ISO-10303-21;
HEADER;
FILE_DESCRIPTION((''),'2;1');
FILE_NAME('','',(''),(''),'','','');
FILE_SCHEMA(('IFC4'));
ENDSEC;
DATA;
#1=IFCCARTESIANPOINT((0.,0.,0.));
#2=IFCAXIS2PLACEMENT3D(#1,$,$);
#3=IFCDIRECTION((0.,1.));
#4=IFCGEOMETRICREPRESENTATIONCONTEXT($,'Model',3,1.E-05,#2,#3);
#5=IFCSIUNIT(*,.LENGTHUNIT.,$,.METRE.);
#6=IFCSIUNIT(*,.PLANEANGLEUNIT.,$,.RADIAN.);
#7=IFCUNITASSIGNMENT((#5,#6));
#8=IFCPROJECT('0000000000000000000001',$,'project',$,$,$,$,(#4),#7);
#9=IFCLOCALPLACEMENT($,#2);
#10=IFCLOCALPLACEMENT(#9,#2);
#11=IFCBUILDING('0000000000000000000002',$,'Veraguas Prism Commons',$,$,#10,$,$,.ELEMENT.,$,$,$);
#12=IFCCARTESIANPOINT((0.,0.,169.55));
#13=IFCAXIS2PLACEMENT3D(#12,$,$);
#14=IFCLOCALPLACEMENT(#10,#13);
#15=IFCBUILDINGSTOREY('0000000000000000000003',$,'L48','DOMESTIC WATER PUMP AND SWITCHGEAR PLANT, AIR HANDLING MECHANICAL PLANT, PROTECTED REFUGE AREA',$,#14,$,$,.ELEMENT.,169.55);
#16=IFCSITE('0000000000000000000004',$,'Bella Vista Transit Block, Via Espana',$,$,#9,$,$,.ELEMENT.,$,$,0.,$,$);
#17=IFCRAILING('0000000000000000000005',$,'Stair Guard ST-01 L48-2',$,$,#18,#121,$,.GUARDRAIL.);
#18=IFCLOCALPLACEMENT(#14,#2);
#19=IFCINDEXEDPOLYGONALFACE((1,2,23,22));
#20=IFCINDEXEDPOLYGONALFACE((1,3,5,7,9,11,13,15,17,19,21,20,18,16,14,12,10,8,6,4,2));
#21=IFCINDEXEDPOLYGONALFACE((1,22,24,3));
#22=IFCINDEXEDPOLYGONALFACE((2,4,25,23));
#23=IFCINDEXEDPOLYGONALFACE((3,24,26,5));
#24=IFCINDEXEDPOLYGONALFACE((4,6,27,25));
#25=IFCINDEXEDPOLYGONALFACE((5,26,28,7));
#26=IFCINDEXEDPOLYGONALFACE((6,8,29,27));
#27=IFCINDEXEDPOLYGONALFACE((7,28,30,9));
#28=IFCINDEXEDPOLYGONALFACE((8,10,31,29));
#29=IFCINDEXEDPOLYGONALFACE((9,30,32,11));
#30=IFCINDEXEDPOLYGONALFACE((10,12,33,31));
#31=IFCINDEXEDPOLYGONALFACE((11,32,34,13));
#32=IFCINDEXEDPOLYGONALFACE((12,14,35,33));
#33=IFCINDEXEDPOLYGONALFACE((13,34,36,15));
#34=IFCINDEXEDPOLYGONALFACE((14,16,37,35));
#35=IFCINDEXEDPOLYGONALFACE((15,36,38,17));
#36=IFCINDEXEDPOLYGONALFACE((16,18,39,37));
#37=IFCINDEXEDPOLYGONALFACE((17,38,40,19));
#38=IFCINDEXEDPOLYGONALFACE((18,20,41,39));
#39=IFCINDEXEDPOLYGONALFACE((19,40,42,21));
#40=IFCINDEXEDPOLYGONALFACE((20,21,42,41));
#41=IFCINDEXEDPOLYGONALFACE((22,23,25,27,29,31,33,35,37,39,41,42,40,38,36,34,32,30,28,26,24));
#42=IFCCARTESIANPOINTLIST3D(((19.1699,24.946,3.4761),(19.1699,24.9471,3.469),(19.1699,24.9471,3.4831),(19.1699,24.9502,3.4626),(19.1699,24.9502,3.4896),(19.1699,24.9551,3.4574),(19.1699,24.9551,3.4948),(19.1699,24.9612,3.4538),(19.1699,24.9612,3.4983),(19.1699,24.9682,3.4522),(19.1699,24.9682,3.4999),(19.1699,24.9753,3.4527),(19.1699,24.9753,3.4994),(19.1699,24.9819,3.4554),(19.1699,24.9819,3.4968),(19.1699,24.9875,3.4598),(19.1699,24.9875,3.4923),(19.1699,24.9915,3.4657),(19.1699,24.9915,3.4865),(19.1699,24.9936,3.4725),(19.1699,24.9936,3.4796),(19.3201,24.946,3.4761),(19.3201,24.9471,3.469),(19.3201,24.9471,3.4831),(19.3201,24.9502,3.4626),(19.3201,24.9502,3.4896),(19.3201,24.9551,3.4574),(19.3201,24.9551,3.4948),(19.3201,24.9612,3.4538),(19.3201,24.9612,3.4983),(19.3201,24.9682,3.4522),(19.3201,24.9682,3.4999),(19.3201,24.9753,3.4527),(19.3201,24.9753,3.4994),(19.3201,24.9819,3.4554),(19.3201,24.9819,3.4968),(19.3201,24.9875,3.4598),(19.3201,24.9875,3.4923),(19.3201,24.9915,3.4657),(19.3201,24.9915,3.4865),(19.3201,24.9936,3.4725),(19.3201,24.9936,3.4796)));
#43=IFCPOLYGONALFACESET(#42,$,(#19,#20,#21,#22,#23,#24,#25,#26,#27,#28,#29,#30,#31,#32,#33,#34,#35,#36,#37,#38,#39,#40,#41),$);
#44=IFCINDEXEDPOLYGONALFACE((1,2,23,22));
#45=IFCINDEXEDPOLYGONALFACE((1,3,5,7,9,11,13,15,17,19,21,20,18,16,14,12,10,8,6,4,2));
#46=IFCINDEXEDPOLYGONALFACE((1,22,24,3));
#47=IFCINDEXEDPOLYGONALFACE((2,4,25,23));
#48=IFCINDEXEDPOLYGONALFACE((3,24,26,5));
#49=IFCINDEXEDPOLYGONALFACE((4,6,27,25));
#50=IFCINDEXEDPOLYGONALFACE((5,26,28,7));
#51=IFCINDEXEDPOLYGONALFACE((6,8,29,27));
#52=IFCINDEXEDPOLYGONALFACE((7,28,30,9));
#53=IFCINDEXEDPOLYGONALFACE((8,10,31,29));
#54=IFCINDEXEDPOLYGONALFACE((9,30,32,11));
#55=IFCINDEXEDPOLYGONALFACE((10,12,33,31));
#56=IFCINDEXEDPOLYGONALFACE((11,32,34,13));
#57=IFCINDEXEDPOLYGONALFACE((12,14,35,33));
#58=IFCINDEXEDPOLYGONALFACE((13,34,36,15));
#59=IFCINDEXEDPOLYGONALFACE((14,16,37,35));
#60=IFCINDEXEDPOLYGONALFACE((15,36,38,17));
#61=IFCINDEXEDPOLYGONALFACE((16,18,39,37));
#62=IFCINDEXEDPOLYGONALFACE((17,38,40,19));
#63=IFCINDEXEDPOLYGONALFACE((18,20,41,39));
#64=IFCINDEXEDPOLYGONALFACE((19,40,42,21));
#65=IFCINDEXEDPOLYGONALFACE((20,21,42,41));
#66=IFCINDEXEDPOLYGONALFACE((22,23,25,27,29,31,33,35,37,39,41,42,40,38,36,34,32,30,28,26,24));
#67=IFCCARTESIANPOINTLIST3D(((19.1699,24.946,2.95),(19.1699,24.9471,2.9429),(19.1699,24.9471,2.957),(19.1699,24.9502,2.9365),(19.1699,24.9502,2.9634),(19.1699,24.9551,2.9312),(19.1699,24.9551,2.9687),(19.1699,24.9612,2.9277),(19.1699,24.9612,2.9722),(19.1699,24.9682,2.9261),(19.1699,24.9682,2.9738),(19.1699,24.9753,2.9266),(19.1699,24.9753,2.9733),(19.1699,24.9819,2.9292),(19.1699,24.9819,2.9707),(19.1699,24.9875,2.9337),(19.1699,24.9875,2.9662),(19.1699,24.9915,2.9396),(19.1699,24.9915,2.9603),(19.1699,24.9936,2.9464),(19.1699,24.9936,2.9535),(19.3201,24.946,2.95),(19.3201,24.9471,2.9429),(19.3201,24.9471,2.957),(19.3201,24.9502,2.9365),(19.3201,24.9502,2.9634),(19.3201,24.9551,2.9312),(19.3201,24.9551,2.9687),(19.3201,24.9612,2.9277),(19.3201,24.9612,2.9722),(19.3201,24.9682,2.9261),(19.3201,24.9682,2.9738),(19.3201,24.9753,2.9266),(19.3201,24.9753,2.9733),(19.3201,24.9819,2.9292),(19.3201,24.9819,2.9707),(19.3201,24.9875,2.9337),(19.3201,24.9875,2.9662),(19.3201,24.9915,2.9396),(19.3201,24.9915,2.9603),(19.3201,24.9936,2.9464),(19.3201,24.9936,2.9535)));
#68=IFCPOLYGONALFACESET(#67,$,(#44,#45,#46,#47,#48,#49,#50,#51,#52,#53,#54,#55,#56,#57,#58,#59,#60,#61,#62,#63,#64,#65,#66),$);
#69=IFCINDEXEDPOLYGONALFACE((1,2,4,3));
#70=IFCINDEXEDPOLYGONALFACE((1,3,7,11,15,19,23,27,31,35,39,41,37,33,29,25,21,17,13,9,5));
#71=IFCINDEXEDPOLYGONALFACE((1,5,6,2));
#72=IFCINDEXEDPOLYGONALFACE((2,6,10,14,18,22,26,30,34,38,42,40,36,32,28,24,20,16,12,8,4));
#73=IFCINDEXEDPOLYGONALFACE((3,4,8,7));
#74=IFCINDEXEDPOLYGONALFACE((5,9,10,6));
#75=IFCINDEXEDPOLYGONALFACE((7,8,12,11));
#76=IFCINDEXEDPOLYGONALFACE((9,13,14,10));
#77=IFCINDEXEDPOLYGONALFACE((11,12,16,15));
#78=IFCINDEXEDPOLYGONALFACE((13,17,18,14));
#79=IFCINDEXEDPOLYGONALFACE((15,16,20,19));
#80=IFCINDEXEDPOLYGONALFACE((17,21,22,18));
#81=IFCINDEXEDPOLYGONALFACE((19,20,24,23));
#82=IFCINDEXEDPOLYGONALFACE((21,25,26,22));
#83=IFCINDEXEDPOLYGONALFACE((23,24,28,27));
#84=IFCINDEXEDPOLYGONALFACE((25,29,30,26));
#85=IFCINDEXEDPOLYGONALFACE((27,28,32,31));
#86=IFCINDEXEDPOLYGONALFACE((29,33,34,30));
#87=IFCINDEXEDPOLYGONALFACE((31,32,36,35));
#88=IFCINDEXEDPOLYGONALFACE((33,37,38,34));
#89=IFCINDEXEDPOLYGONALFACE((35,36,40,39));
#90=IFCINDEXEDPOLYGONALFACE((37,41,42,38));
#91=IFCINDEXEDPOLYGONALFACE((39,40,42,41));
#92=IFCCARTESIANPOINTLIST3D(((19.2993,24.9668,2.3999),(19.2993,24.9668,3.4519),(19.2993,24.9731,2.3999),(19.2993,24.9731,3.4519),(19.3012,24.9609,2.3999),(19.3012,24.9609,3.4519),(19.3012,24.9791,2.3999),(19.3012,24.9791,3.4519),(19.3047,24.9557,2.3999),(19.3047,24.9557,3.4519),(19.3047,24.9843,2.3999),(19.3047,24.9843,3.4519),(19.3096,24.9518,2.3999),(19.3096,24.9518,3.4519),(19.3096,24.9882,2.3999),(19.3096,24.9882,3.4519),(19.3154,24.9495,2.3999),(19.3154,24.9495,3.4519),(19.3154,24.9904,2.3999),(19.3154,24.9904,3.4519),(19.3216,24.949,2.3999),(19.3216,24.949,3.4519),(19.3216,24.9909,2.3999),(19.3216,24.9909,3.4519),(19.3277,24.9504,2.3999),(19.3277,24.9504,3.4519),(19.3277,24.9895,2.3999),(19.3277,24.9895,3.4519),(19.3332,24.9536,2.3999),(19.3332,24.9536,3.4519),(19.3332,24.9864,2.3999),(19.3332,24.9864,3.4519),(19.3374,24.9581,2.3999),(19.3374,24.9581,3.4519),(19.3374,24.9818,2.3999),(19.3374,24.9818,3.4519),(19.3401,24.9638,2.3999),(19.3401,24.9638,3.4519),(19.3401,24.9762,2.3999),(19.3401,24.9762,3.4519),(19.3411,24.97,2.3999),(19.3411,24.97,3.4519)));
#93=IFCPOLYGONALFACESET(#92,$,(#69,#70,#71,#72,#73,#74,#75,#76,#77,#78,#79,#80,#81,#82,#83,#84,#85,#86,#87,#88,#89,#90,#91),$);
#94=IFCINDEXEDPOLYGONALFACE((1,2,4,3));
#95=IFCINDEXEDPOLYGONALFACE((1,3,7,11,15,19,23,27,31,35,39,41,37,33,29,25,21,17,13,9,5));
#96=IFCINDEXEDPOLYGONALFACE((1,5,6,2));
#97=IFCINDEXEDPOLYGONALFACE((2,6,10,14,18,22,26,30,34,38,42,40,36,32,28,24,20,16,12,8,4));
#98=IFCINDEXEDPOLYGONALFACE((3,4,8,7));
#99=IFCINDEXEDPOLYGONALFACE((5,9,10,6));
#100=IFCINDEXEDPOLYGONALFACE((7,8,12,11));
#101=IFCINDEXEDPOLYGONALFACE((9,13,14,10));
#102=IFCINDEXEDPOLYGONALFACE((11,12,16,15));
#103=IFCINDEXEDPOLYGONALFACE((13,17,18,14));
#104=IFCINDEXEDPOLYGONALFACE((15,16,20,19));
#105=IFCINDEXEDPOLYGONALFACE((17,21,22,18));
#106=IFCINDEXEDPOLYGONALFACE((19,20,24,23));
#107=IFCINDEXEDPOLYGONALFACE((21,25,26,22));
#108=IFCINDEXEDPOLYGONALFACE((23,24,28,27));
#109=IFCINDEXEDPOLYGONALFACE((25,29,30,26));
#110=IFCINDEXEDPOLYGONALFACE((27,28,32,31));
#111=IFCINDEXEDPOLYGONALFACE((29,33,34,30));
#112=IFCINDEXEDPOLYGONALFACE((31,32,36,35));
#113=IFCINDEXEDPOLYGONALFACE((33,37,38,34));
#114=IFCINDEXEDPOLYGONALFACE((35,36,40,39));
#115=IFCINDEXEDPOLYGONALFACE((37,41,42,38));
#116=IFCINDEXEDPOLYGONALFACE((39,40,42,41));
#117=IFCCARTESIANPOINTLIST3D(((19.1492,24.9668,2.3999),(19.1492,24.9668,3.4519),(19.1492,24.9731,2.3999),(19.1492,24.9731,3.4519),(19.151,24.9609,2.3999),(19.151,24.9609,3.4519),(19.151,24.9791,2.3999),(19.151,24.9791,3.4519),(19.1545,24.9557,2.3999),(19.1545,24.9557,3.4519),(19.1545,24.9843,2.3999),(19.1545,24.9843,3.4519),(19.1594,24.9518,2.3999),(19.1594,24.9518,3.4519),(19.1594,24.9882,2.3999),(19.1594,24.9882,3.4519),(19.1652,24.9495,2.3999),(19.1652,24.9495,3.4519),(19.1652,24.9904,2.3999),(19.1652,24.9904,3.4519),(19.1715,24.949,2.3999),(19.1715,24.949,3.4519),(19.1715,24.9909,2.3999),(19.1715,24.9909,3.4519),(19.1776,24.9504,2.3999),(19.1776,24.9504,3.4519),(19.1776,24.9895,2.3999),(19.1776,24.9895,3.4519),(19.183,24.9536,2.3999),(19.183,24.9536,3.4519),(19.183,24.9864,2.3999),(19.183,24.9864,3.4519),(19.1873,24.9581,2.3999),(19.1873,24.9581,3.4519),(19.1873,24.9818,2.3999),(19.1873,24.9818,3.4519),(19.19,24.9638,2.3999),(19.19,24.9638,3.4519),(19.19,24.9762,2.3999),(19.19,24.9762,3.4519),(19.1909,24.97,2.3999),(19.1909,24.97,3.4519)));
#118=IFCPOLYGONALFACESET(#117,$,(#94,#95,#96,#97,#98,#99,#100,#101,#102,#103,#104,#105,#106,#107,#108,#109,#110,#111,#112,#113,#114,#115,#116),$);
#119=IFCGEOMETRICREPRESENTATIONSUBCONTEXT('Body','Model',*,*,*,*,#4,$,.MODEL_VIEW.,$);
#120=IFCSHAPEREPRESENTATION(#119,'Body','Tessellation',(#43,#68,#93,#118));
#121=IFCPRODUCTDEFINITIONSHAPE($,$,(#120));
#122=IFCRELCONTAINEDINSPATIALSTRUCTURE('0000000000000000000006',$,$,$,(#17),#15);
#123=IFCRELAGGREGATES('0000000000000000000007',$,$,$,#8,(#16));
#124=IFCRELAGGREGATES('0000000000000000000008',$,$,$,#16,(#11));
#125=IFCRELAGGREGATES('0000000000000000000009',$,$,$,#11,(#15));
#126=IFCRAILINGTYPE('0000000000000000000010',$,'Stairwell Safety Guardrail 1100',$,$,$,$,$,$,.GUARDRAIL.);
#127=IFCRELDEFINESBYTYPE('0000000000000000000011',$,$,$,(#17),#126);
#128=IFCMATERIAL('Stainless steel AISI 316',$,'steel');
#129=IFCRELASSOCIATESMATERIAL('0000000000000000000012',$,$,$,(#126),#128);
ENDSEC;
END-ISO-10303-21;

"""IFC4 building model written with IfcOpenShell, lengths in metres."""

from ifc_helpers import new_model, si_unit, direction, frame, origin, origin_2d, place, context, subcontext, project, spatial, circle, extrude, material, type_object, element, save


model = new_model("IFC4")

# Units and contexts
model_context = context("Model", 3, precision=1e-05, world=origin(), true_north=direction((0.0, 1.0)))
body_context = subcontext(model_context, "Body", "Model", "MODEL_VIEW")
ifc_project = project(units=[si_unit("LENGTHUNIT", "METRE"), si_unit("PLANEANGLEUNIT", "RADIAN")], contexts=[model_context])

# Site, building, storey
site_placement = place(None, origin())
site = spatial("IfcSite", under=ifc_project, at=site_placement, Name="Bella Vista Transit Block, Via Espana", CompositionType="ELEMENT", RefElevation=0.0)
building_placement = place(site_placement, origin())
building = spatial("IfcBuilding", under=site, at=building_placement, Name="Veraguas Prism Commons", CompositionType="ELEMENT")
storey_placement = place(building_placement, frame((0.0, 0.0, 169.55)))
storey = spatial("IfcBuildingStorey", under=building, at=storey_placement, Name="L48", Description="DOMESTIC WATER PUMP AND SWITCHGEAR PLANT, AIR HANDLING MECHANICAL PLANT, PROTECTED REFUGE AREA", CompositionType="ELEMENT", Elevation=169.55)

# Railing
ifc_material_1 = material(Name="Stainless steel AISI 316", Category="steel")
railing_type_1 = type_object("IfcRailingType", Name="Stairwell Safety Guardrail 1100", PredefinedType="GUARDRAIL", material=ifc_material_1)
railing_1_placement = place(storey_placement, frame((19.3201, 24.97, 2.3999)))
element("IfcRailing", 1, at=railing_1_placement, inside=storey, type_object=railing_type_1, Name="Stair Guard ST-01 L48-2", PredefinedType="GUARDRAIL", context=body_context, shape_type="SweptSolid", body=[
    extrude(circle(Radius=0.0239, at=origin_2d()), frame((0.0, 0.0, 1.0762), z_axis=(-1.0, 0.0, 0.0), x_axis=(0.0, -1.0, 0.0)), (0.0, 0.0, 1.0), 0.1501),
    extrude(circle(Radius=0.0239, at=origin_2d()), frame((0.0, 0.0, 0.55), z_axis=(-1.0, 0.0, 0.0), x_axis=(0.0, -1.0, 0.0)), (0.0, 0.0, 1.0), 0.1501),
    extrude(circle(Radius=0.021, at=origin_2d()), origin(), (0.0, 0.0, 1.0), 1.052),
    extrude(circle(Radius=0.021, at=origin_2d()), frame((-0.1501, 0.0, 0.0)), (0.0, 0.0, 1.0), 1.052),
])

save(model, "model.ifc")
